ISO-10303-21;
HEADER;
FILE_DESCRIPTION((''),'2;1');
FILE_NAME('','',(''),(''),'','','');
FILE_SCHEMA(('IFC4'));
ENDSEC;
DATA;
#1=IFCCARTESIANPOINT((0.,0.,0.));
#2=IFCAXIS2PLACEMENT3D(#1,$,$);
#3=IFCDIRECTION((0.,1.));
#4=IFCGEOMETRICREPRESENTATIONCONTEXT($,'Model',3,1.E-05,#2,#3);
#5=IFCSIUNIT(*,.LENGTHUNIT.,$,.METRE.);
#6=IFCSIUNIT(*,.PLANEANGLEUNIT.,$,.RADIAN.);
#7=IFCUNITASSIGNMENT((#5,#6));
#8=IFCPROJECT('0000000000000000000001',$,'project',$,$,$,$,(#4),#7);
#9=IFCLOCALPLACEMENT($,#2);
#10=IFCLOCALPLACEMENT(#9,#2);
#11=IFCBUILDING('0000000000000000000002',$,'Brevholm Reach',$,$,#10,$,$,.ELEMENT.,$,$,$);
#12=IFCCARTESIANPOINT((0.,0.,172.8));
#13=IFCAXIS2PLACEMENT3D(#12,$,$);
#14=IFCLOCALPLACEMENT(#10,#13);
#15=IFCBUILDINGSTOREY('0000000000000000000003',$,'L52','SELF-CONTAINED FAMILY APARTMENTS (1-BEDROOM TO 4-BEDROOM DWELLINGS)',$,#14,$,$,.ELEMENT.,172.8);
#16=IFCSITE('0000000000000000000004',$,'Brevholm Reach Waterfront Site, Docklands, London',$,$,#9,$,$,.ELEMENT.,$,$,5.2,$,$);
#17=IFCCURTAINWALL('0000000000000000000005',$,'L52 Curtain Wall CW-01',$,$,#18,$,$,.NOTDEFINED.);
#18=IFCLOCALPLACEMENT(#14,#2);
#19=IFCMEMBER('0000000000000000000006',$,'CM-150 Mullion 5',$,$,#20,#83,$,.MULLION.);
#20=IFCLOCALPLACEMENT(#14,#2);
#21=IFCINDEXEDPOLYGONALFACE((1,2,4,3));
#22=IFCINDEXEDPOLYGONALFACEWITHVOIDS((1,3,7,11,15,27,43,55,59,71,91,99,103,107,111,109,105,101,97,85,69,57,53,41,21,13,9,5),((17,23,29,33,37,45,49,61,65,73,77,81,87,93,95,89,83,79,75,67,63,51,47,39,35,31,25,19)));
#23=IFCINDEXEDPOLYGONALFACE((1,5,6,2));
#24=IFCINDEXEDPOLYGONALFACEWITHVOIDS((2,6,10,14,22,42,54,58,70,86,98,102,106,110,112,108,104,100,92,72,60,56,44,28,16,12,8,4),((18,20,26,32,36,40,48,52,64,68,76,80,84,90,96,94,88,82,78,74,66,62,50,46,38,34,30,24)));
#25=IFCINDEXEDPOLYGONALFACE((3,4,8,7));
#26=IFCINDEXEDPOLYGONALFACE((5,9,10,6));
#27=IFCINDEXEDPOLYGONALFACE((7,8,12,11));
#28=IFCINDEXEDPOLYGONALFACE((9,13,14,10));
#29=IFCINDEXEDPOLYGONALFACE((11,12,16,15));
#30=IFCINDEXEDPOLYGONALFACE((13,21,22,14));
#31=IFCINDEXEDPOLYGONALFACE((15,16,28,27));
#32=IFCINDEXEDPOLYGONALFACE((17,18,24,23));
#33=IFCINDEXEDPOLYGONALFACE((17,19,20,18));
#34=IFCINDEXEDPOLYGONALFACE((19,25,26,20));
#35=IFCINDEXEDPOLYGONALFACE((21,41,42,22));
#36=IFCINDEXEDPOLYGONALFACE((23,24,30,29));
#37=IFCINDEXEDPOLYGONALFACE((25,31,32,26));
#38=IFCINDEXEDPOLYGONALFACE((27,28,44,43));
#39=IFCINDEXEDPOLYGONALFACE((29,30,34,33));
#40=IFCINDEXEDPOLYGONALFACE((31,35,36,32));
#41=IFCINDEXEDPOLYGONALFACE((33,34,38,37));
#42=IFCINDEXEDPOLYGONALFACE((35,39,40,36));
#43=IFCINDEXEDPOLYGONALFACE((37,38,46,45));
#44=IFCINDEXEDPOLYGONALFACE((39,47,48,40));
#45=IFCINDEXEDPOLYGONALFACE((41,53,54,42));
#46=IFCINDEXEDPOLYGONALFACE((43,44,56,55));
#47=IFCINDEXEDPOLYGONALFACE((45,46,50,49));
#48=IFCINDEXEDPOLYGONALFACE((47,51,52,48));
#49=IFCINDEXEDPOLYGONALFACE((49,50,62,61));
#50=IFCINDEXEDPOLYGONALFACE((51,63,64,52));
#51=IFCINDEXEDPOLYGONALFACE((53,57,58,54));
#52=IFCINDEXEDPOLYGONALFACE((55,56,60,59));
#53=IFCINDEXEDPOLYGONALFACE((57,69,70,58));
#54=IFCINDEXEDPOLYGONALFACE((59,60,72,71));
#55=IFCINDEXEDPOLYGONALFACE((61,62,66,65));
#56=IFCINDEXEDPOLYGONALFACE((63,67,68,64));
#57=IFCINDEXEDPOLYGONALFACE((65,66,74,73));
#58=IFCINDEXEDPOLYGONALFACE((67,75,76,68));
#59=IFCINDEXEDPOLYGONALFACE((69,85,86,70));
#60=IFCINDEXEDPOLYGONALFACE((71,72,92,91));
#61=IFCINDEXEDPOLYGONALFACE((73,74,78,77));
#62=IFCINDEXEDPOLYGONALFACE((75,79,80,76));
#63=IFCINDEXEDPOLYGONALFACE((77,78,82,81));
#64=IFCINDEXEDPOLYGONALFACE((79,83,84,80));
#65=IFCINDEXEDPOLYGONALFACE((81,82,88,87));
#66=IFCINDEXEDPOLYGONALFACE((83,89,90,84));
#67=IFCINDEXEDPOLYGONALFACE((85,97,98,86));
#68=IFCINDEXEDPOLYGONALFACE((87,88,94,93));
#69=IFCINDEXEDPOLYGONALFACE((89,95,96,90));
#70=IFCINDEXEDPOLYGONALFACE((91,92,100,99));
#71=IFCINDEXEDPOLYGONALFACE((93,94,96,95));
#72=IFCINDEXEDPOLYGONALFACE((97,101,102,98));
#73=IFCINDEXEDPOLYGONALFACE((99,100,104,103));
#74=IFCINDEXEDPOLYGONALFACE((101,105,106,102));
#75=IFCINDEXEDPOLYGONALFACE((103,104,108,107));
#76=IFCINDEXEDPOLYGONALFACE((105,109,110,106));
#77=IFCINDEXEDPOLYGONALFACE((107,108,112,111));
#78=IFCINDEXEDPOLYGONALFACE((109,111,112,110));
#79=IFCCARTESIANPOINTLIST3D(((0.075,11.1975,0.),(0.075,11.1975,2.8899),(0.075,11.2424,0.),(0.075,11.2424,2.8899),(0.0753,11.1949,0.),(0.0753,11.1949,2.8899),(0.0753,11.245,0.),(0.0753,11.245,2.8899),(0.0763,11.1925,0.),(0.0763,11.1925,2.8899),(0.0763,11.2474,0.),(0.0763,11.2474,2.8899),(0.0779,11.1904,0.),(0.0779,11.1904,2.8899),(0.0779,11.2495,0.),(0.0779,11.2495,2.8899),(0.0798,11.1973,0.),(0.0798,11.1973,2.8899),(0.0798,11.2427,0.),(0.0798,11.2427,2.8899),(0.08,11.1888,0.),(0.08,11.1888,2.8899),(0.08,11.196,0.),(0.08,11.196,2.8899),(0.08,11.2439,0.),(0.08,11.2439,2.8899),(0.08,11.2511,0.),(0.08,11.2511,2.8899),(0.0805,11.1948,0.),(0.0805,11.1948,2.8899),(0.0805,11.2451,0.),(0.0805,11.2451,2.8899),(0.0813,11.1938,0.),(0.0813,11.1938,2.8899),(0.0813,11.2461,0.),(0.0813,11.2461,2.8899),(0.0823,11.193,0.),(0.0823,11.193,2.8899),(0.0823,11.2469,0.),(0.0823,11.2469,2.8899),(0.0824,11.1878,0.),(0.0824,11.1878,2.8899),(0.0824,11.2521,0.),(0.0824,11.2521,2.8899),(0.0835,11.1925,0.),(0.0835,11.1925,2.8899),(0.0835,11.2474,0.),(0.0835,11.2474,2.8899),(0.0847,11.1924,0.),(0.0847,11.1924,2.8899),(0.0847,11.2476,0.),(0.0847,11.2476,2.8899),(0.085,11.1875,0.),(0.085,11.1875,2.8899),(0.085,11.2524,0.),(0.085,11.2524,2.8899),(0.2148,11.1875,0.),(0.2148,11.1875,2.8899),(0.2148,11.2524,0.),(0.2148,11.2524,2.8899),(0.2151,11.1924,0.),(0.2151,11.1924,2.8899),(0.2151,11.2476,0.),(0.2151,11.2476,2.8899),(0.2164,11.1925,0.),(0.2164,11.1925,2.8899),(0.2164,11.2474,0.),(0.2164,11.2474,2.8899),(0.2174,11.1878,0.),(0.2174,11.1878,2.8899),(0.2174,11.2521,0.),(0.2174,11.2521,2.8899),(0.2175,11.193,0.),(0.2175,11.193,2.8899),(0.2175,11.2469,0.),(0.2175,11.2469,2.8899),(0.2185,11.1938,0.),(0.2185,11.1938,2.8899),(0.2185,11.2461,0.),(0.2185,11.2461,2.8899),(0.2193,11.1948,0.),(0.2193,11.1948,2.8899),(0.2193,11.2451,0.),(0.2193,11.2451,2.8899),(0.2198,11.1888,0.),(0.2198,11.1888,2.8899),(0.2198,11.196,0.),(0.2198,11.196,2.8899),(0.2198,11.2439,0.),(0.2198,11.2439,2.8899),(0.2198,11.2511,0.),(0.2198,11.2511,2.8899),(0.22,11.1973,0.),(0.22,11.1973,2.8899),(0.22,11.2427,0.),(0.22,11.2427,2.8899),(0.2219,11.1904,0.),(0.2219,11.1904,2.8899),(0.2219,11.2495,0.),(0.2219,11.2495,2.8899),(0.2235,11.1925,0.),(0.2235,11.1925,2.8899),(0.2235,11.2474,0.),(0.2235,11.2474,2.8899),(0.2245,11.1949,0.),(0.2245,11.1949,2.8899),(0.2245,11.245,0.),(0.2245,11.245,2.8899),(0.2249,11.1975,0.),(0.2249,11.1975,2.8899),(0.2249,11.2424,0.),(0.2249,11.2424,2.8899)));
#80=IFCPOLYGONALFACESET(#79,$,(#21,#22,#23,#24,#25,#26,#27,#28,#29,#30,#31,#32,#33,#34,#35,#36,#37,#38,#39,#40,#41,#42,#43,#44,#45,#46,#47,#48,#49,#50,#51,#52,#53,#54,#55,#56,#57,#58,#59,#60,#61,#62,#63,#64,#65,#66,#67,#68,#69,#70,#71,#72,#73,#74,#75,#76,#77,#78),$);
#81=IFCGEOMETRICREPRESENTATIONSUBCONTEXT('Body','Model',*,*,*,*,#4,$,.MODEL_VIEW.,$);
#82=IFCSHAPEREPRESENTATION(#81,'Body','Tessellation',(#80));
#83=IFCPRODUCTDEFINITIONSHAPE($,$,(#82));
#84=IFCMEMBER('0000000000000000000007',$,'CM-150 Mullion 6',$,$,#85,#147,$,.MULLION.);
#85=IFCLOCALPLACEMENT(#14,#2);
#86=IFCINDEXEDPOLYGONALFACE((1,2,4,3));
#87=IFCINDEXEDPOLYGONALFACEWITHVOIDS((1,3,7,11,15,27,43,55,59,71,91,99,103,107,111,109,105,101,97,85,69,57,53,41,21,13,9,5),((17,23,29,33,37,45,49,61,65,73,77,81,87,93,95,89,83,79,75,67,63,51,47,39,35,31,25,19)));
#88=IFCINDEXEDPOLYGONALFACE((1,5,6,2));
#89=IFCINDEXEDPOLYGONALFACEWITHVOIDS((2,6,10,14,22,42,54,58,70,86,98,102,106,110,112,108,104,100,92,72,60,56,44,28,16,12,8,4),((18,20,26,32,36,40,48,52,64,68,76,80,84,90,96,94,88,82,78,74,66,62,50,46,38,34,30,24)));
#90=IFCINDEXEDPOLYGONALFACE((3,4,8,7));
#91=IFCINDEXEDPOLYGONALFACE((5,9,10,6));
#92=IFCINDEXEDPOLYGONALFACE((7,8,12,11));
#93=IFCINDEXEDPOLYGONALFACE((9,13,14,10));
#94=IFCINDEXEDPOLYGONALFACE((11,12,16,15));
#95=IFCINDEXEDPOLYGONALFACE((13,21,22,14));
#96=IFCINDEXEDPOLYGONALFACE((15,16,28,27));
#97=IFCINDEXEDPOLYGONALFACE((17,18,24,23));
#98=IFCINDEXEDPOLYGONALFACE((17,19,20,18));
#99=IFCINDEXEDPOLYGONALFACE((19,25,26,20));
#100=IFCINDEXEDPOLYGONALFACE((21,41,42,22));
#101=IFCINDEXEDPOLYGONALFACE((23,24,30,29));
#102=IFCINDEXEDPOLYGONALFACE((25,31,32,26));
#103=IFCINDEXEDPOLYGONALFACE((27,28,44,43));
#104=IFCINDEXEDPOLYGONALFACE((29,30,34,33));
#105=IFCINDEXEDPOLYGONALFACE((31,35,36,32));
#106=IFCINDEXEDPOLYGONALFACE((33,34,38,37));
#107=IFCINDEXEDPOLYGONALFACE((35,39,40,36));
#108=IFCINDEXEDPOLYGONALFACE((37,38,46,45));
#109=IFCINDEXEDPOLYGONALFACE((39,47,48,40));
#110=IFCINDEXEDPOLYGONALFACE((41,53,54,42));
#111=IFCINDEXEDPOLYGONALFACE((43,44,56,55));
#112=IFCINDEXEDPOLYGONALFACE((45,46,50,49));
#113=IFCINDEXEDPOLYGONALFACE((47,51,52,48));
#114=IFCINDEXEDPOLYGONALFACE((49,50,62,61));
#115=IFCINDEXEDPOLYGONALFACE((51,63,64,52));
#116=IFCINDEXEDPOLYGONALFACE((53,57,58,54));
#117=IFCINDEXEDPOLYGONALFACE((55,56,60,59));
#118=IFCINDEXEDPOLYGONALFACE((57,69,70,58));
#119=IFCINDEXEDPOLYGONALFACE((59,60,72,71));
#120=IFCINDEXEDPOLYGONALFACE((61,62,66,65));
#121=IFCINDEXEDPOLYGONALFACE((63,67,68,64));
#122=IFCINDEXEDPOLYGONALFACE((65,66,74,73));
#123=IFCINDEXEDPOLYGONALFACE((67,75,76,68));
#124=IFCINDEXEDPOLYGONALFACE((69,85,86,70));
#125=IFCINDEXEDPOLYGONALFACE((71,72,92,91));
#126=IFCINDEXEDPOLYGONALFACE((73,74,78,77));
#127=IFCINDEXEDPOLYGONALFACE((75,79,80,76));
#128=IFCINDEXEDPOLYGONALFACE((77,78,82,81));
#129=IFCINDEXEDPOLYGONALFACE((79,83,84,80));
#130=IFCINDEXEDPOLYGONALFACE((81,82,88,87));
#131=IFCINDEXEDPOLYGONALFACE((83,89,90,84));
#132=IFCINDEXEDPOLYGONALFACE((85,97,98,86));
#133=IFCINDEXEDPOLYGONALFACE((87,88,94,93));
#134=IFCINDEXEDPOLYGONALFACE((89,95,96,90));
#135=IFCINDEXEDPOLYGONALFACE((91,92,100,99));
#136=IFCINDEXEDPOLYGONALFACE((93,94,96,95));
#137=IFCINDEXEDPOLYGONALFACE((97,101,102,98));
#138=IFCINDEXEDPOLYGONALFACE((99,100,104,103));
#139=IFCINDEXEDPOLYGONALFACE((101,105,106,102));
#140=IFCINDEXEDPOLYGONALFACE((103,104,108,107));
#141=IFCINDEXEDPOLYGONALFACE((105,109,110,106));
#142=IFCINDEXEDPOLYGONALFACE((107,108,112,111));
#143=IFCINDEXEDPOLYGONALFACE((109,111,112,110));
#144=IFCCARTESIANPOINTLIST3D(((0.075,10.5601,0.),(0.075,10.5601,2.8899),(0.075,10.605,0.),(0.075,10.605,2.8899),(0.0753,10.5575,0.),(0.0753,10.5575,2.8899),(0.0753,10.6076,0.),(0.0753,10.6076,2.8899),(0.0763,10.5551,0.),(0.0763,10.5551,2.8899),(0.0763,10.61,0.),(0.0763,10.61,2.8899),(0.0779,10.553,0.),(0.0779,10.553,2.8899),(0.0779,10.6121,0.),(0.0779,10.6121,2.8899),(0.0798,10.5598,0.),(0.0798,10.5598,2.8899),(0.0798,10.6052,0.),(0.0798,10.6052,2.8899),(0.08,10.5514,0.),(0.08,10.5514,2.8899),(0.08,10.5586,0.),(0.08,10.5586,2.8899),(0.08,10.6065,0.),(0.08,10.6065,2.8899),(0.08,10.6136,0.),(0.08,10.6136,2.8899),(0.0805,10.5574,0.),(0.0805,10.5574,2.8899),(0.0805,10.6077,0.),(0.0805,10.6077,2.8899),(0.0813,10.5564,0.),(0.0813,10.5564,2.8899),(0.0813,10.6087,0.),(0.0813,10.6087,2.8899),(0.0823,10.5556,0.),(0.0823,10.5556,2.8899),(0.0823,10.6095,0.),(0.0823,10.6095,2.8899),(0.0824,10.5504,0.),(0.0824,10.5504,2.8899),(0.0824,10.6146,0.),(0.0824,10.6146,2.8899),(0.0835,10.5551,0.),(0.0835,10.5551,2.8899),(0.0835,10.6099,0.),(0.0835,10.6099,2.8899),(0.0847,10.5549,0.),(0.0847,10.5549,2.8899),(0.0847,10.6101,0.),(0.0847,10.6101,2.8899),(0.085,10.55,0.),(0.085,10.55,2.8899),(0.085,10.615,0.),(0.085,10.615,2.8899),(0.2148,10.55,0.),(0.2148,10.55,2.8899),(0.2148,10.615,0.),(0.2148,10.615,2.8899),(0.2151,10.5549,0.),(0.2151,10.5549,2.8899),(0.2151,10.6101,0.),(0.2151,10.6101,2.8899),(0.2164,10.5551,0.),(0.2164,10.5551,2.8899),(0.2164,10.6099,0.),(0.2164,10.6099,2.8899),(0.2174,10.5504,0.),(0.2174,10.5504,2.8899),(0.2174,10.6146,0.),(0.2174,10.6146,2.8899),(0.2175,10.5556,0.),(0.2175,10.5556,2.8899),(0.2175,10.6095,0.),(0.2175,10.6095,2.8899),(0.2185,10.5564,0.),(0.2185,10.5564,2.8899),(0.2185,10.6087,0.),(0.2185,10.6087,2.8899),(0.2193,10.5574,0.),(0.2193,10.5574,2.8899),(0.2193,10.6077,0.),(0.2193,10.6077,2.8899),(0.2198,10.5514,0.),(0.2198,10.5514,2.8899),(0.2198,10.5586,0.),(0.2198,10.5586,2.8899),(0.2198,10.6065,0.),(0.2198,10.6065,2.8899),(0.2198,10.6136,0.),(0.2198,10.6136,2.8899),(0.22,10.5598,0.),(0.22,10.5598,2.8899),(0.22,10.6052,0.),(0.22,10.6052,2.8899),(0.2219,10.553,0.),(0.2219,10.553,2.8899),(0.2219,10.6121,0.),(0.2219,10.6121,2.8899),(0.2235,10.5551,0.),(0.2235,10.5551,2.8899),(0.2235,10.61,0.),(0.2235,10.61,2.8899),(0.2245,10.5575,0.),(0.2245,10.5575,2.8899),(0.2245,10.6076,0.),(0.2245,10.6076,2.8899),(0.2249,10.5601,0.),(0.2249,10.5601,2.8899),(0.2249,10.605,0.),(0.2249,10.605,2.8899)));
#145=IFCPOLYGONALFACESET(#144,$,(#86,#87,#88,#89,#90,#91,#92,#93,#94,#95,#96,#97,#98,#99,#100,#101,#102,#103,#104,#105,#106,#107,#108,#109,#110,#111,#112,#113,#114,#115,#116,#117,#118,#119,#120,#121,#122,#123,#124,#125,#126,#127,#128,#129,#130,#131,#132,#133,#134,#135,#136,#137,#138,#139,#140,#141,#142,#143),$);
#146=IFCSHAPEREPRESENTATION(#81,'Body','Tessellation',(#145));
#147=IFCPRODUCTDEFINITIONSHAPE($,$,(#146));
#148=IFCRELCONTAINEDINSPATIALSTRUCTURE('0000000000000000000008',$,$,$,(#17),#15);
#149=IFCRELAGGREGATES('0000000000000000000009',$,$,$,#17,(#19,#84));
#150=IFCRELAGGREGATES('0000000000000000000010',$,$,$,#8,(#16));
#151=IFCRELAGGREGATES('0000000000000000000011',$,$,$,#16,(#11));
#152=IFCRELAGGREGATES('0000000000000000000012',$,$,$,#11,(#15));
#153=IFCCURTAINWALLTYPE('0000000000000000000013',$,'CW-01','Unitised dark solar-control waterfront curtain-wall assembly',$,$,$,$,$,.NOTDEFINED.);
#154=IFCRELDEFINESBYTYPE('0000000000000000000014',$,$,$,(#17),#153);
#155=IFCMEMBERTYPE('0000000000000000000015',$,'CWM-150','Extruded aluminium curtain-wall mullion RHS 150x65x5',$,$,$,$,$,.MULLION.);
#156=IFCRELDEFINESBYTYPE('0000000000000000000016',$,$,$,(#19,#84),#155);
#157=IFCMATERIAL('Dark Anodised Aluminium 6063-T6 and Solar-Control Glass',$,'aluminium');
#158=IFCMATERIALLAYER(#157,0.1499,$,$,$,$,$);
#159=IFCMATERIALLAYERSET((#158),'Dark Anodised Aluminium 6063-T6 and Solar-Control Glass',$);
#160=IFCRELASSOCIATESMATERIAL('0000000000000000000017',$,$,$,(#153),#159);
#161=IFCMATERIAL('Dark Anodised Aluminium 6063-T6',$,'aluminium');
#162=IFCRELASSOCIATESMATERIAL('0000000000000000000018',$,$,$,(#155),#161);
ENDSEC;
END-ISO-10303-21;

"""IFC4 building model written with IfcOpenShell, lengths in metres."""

from ifc_helpers import new_model, si_unit, direction, frame, origin, origin_2d, place, context, subcontext, project, spatial, hollow_rectangle, extrude, material, layer, layer_set, material_profile, profile_set, type_object, element, aggregate, save


model = new_model("IFC4")

# Units and contexts
model_context = context("Model", 3, precision=1e-05, world=origin(), true_north=direction((0.0, 1.0)))
body_context = subcontext(model_context, "Body", "Model", "MODEL_VIEW")
ifc_project = project(units=[si_unit("LENGTHUNIT", "METRE"), si_unit("PLANEANGLEUNIT", "RADIAN")], contexts=[model_context])

# Site, building, storey
site_placement = place(None, origin())
site = spatial("IfcSite", under=ifc_project, at=site_placement, Name="Brevholm Reach Waterfront Site, Docklands, London", CompositionType="ELEMENT", RefElevation=5.2)
building_placement = place(site_placement, origin())
building = spatial("IfcBuilding", under=site, at=building_placement, Name="Brevholm Reach", CompositionType="ELEMENT")
storey_placement = place(building_placement, frame((0.0, 0.0, 172.8)))
storey = spatial("IfcBuildingStorey", under=building, at=storey_placement, Name="L52", Description="SELF-CONTAINED FAMILY APARTMENTS (1-BEDROOM TO 4-BEDROOM DWELLINGS)", CompositionType="ELEMENT", Elevation=172.8)

# Curtain wall, members
ifc_material_1 = material(Name="Dark Anodised Aluminium 6063-T6 and Solar-Control Glass", Category="aluminium")
ifc_layer_1 = layer(ifc_material_1, 0.1499)
ifc_layer_set_1 = layer_set([ifc_layer_1], Name="Dark Anodised Aluminium 6063-T6 and Solar-Control Glass")
curtain_wall_type = type_object("IfcCurtainWallType", Name="CW-01", Description="Unitised dark solar-control waterfront curtain-wall assembly", PredefinedType="NOTDEFINED", material=ifc_layer_set_1)
curtain_wall_placement = place(storey_placement, origin())
curtain_wall = element("IfcCurtainWall", 1, at=curtain_wall_placement, inside=storey, type_object=curtain_wall_type, Name="L52 Curtain Wall CW-01", PredefinedType="NOTDEFINED")
ifc_material_2 = material(Name="Dark Anodised Aluminium 6063-T6", Category="aluminium")
ifc_material_profile_1 = material_profile(ifc_material_2, hollow_rectangle(XDim=0.0649, YDim=0.1499, WallThickness=0.0049, InnerFilletRadius=0.0049, OuterFilletRadius=0.01, at=origin_2d()), Name="RHS 150x65x5")
ifc_profile_set_1 = profile_set([ifc_material_profile_1], Name="Dark Anodised Aluminium 6063-T6")
member_type_1 = type_object("IfcMemberType", Name="CWM-150", Description="Extruded aluminium curtain-wall mullion RHS 150x65x5", PredefinedType="MULLION", material=ifc_profile_set_1)
member_1_placement = place(storey_placement, frame((0.1499, 11.22, 0.0), z_axis=(0.0, 0.0, 1.0), x_axis=(0.0, -1.0, 0.0)))
member_1 = element("IfcMember", 2, at=member_1_placement, type_object=member_type_1, Name="CM-150 Mullion 5", PredefinedType="MULLION", context=body_context, shape_type="SweptSolid", body=[
    extrude(hollow_rectangle(XDim=0.0649, YDim=0.1499, WallThickness=0.0049, InnerFilletRadius=0.0049, OuterFilletRadius=0.01, at=origin_2d()), origin(), (0.0, 0.0, 1.0), 2.8899),
])
member_2_placement = place(storey_placement, frame((0.1499, 10.5825, 0.0), z_axis=(0.0, 0.0, 1.0), x_axis=(0.0, -1.0, 0.0)))
member_2 = element("IfcMember", 3, at=member_2_placement, type_object=member_type_1, Name="CM-150 Mullion 6", PredefinedType="MULLION", context=body_context, shape_type="SweptSolid", body=[
    extrude(hollow_rectangle(XDim=0.0649, YDim=0.1499, WallThickness=0.0049, InnerFilletRadius=0.0049, OuterFilletRadius=0.01, at=origin_2d()), origin(), (0.0, 0.0, 1.0), 2.8899),
])
aggregate(curtain_wall, [member_1, member_2])

save(model, "model.ifc")
